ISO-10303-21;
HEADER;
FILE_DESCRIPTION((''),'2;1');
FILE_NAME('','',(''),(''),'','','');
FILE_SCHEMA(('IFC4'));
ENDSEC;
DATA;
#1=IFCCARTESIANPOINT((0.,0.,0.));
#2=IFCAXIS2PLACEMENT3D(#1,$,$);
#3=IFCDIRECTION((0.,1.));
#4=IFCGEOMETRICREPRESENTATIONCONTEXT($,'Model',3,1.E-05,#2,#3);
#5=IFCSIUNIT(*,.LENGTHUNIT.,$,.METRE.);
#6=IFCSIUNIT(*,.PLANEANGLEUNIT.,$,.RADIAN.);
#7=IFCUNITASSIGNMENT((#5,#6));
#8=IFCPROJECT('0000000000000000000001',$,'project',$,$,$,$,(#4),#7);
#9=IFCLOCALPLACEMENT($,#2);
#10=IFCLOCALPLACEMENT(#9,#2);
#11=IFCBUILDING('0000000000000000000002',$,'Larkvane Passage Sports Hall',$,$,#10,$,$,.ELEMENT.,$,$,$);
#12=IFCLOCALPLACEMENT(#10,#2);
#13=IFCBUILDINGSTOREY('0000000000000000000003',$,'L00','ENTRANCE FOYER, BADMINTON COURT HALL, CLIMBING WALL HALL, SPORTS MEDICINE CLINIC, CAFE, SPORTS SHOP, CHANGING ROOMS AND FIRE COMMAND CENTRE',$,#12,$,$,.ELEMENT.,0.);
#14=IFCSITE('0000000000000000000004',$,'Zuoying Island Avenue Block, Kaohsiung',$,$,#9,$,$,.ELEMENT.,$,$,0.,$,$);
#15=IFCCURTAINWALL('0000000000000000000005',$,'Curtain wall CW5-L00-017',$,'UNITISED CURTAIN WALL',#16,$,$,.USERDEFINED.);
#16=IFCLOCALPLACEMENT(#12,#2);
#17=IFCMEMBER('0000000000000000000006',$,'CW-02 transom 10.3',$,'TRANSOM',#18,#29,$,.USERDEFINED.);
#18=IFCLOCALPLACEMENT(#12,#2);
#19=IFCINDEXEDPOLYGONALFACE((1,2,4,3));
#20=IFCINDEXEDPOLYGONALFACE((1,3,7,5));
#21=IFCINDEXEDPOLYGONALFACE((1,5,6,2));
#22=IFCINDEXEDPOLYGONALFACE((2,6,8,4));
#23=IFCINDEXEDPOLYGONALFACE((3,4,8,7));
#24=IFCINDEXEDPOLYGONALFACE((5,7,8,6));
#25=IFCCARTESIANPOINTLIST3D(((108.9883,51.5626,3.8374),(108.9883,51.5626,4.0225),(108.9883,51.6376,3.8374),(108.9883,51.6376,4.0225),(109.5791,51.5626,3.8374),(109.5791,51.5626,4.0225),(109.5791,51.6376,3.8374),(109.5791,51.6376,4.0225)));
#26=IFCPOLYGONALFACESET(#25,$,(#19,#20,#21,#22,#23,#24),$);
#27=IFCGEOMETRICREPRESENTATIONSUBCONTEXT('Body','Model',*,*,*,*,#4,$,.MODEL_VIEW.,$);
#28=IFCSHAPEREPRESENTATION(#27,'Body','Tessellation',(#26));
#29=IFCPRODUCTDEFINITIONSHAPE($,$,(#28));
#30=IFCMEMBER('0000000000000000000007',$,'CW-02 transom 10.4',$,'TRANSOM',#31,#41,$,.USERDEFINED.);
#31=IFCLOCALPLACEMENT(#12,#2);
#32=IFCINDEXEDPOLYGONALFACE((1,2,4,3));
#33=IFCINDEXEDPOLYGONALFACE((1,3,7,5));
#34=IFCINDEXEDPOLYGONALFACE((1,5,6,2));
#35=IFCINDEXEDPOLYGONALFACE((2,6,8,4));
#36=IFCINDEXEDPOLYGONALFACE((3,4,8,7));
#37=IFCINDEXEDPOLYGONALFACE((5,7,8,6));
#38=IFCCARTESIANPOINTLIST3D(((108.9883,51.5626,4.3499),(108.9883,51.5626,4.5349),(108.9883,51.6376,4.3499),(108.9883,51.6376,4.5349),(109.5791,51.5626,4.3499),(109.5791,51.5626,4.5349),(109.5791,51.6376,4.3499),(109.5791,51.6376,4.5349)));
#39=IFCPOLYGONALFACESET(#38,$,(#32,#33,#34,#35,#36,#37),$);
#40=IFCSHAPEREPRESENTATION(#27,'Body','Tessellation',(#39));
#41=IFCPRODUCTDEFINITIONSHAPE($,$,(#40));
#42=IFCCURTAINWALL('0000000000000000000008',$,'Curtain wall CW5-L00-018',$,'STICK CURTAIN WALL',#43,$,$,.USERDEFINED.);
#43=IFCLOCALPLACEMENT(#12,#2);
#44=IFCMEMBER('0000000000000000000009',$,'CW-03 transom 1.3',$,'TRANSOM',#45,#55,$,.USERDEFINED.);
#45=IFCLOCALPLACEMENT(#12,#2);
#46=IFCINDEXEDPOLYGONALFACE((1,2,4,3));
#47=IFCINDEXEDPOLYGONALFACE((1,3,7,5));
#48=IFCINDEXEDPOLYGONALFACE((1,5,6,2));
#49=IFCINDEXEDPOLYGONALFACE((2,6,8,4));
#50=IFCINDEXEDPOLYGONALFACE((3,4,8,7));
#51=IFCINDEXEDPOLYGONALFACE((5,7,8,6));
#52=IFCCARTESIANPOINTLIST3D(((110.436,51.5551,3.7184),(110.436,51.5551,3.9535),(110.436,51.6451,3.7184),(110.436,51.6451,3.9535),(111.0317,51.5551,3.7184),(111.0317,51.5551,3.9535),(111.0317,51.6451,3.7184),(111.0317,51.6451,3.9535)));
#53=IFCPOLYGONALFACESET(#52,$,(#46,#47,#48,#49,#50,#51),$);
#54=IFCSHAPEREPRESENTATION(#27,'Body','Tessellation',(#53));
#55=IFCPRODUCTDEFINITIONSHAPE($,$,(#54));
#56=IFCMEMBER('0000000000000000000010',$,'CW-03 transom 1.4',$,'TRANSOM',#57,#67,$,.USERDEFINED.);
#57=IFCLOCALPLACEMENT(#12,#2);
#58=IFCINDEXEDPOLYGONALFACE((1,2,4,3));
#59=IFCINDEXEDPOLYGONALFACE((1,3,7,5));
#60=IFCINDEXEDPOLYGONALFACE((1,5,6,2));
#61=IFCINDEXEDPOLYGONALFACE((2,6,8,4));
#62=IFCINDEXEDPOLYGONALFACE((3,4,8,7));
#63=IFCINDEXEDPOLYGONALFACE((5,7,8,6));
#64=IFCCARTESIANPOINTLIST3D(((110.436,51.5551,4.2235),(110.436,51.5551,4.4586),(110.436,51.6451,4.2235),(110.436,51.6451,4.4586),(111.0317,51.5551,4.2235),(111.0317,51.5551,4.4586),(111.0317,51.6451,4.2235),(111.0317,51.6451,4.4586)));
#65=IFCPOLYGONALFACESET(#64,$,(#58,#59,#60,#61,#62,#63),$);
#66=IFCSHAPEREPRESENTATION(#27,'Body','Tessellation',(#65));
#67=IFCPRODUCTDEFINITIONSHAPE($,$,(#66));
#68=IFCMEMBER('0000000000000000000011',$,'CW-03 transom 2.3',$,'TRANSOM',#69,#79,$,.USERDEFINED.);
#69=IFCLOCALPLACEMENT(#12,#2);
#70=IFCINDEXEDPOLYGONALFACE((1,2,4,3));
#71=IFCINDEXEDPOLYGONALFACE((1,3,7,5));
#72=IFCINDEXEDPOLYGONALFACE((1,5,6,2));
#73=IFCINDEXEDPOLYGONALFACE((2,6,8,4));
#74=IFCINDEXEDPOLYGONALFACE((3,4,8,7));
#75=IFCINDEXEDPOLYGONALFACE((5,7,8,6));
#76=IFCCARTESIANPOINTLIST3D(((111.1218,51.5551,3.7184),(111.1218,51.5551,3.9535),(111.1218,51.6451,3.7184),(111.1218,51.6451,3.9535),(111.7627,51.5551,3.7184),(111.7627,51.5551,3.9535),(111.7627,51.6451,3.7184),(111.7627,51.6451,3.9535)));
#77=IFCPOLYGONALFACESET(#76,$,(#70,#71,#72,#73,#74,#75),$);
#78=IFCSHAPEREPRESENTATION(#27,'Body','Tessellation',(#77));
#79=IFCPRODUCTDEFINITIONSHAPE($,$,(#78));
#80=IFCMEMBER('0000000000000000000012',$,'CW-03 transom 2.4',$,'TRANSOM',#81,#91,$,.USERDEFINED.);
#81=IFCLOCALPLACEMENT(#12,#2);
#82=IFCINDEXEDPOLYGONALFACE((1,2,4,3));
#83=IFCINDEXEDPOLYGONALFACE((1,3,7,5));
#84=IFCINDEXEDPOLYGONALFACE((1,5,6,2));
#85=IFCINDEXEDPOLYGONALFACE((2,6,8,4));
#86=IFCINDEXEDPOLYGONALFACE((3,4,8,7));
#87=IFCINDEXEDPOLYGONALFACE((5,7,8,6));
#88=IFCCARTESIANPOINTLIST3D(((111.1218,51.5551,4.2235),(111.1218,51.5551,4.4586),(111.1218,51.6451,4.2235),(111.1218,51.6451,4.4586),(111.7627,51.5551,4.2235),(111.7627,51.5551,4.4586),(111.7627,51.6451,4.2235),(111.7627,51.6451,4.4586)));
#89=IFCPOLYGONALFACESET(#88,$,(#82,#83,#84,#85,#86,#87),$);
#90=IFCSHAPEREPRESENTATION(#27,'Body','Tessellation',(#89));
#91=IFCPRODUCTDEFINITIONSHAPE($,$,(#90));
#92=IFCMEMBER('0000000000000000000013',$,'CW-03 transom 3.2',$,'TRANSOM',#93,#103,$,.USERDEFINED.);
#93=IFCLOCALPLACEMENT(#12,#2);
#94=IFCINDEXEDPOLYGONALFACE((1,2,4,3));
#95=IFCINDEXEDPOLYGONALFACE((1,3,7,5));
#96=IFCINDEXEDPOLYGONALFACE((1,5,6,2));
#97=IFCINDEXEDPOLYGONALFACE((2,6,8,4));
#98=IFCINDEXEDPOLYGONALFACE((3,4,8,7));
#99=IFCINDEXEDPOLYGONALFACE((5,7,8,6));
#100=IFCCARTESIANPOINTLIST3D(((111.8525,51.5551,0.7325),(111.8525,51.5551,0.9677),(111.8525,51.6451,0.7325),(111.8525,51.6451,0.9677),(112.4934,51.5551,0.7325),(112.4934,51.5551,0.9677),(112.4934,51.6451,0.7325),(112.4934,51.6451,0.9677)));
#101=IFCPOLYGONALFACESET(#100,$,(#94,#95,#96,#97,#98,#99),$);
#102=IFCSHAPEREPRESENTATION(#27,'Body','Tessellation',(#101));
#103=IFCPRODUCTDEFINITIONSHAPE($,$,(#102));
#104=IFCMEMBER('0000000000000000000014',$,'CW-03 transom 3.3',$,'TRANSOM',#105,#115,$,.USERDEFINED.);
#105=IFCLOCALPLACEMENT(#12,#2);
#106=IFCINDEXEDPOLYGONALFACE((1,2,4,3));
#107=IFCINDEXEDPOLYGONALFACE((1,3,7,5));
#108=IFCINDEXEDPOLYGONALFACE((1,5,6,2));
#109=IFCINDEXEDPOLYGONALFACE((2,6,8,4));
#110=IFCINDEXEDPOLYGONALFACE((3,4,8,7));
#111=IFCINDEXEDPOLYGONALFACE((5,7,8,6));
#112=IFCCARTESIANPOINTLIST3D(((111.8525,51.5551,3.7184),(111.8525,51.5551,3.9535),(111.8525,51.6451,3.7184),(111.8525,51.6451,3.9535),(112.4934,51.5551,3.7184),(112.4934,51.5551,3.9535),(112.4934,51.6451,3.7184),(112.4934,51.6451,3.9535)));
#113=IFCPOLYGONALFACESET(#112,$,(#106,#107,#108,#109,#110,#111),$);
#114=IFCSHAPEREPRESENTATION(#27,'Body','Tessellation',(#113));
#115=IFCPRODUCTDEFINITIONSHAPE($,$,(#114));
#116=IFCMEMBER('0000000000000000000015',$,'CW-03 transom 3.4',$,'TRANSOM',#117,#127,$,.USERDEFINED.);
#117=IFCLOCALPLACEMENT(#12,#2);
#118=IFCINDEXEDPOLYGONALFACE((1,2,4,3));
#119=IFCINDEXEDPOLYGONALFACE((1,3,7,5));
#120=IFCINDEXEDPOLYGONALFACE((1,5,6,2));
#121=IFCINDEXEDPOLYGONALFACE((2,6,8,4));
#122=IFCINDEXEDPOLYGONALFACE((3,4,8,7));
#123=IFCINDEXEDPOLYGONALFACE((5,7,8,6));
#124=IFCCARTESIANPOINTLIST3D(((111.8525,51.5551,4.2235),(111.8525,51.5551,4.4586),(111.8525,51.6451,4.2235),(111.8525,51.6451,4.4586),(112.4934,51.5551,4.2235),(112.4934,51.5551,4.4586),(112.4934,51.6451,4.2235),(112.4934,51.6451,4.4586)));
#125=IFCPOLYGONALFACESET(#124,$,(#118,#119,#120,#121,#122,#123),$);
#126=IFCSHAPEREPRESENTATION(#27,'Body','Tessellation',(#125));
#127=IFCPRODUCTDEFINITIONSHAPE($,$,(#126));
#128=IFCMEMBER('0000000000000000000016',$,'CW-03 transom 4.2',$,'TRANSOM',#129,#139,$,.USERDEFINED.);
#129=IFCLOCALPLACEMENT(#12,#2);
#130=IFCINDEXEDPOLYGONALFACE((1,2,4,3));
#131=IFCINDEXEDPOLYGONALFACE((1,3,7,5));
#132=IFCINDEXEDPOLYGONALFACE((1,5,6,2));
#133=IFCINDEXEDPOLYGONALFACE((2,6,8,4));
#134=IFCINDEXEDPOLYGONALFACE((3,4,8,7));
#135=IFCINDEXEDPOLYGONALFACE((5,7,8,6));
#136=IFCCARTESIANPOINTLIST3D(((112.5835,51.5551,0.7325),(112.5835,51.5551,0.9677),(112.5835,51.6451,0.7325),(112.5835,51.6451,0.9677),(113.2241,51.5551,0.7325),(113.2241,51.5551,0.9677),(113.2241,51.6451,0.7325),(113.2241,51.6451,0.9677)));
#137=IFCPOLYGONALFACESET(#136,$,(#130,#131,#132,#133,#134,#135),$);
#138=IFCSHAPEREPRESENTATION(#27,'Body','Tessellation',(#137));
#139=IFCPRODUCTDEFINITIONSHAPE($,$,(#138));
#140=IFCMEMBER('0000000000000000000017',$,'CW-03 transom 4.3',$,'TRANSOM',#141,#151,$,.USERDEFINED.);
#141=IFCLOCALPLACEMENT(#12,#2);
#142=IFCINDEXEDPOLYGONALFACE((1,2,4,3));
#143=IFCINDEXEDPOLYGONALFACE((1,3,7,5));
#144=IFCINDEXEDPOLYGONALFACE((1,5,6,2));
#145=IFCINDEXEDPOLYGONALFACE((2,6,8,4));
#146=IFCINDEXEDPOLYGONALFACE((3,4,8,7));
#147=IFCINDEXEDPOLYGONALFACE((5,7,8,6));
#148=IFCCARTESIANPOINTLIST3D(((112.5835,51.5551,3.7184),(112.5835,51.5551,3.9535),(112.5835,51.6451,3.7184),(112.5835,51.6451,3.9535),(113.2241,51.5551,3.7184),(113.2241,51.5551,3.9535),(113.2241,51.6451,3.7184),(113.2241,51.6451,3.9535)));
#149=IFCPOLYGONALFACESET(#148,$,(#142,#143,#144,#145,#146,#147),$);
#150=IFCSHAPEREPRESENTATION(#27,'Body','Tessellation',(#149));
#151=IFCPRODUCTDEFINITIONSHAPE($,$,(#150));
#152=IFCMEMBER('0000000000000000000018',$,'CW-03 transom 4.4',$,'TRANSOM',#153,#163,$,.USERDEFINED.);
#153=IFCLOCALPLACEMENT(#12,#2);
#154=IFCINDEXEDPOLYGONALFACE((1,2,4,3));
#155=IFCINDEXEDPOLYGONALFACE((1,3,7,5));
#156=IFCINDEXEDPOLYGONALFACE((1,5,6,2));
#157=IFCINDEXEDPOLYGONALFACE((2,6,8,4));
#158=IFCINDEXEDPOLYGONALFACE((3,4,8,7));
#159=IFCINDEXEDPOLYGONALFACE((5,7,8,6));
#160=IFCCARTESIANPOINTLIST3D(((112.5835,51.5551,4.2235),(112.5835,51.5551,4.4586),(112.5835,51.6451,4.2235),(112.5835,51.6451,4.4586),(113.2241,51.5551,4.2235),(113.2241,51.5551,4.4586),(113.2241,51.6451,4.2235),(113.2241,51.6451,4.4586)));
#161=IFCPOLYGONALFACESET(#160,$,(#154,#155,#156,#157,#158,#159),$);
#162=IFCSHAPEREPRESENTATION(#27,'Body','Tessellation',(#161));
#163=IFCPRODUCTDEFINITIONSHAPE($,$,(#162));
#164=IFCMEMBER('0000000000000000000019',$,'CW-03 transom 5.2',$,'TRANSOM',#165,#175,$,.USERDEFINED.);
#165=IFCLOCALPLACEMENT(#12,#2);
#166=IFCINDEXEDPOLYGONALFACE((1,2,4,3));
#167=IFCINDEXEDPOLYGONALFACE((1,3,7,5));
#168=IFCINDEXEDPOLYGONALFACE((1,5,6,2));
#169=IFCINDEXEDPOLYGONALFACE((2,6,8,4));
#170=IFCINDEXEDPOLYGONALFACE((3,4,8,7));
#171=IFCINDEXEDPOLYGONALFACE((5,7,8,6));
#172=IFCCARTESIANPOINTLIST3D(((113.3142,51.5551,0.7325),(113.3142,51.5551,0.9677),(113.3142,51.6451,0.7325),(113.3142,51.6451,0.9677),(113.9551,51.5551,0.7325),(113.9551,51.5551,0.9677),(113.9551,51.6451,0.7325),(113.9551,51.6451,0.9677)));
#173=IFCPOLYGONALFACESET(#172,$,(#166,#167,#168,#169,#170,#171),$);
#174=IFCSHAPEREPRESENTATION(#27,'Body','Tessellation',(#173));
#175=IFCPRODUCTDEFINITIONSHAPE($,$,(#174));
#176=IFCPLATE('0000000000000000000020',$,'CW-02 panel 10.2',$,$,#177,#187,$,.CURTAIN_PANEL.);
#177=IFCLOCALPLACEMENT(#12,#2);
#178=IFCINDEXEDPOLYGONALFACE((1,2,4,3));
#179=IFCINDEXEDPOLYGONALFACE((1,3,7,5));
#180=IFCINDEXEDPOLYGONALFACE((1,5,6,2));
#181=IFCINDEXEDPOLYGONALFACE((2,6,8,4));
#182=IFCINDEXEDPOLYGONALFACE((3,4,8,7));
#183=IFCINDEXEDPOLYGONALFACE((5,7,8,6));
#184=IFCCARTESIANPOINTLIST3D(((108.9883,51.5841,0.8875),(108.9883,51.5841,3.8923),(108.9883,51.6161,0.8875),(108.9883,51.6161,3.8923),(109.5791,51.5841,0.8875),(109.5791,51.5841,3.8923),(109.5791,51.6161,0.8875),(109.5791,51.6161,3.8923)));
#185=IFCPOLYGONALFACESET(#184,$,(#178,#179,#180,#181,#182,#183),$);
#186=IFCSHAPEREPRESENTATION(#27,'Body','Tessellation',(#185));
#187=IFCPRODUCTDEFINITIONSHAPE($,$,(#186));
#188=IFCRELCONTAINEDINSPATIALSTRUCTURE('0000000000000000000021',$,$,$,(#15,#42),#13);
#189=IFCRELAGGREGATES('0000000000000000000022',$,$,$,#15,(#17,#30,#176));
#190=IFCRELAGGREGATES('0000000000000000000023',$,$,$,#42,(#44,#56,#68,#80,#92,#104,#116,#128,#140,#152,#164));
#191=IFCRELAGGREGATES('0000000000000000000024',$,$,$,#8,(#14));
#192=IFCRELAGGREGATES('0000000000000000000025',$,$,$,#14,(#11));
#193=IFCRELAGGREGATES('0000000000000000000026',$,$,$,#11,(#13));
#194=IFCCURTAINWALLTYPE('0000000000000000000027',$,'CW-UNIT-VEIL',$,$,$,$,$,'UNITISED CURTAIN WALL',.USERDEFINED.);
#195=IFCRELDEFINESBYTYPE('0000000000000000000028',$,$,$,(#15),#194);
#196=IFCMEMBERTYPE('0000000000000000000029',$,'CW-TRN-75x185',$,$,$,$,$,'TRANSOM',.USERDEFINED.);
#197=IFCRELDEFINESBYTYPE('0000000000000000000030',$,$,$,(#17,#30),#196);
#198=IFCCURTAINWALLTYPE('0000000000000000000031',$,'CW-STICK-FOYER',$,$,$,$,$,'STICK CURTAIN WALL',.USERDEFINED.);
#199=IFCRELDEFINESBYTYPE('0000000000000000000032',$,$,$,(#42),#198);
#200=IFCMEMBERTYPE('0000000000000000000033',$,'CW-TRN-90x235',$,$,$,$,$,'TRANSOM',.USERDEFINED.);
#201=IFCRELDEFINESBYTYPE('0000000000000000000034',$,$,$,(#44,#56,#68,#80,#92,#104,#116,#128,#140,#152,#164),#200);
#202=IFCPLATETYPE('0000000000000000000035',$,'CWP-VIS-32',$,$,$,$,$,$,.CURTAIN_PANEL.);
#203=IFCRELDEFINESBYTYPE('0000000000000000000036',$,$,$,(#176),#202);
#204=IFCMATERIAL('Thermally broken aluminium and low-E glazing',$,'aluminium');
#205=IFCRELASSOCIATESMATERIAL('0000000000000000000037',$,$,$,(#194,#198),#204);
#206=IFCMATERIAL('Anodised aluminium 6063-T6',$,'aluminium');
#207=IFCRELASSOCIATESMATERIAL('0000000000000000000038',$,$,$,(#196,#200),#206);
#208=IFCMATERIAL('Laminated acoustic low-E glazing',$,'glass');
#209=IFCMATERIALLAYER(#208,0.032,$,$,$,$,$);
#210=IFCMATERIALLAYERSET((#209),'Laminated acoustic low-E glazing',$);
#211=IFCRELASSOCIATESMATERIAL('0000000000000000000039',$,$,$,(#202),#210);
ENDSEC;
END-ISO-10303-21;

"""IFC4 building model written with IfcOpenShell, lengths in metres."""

from ifc_helpers import new_model, si_unit, direction, frame, origin, origin_2d, place, context, subcontext, project, spatial, rectangle, extrude, material, layer, layer_set, material_profile, profile_set, type_object, element, aggregate, save


model = new_model("IFC4")

# Units and contexts
model_context = context("Model", 3, precision=1e-05, world=origin(), true_north=direction((0.0, 1.0)))
body_context = subcontext(model_context, "Body", "Model", "MODEL_VIEW")
ifc_project = project(units=[si_unit("LENGTHUNIT", "METRE"), si_unit("PLANEANGLEUNIT", "RADIAN")], contexts=[model_context])

# Site, building, storey
site_placement = place(None, origin())
site = spatial("IfcSite", under=ifc_project, at=site_placement, Name="Zuoying Island Avenue Block, Kaohsiung", CompositionType="ELEMENT", RefElevation=0.0)
building_placement = place(site_placement, origin())
building = spatial("IfcBuilding", under=site, at=building_placement, Name="Larkvane Passage Sports Hall", CompositionType="ELEMENT")
storey_placement = place(building_placement, origin())
storey = spatial("IfcBuildingStorey", under=building, at=storey_placement, Name="L00", Description="ENTRANCE FOYER, BADMINTON COURT HALL, CLIMBING WALL HALL, SPORTS MEDICINE CLINIC, CAFE, SPORTS SHOP, CHANGING ROOMS AND FIRE COMMAND CENTRE", CompositionType="ELEMENT", Elevation=0.0)

# Curtain walls, members
ifc_material_1 = material(Name="Thermally broken aluminium and low-E glazing", Category="aluminium")
curtain_wall_type_1 = type_object("IfcCurtainWallType", Name="CW-UNIT-VEIL", ElementType="UNITISED CURTAIN WALL", PredefinedType="USERDEFINED", material=ifc_material_1)
curtain_wall_1_placement = place(storey_placement, origin())
curtain_wall_1 = element("IfcCurtainWall", 1, at=curtain_wall_1_placement, inside=storey, type_object=curtain_wall_type_1, Name="Curtain wall CW5-L00-017", ObjectType="UNITISED CURTAIN WALL", PredefinedType="USERDEFINED")
ifc_material_2 = material(Name="Anodised aluminium 6063-T6", Category="aluminium")
ifc_material_profile_1 = material_profile(ifc_material_2, rectangle(XDim=0.075, YDim=0.1851, at=origin_2d()), Name="ALU-TRN-75x185")
ifc_profile_set_1 = profile_set([ifc_material_profile_1], Name="Anodised aluminium 6063-T6")
member_type_1 = type_object("IfcMemberType", Name="CW-TRN-75x185", ElementType="TRANSOM", PredefinedType="USERDEFINED", material=ifc_profile_set_1)
member_1_placement = place(storey_placement, frame((108.9883, 51.6001, 3.9299), z_axis=(1.0, 0.0, 0.0), x_axis=(0.0, 1.0, 0.0)))
member_1 = element("IfcMember", 2, at=member_1_placement, type_object=member_type_1, Name="CW-02 transom 10.3", ObjectType="TRANSOM", PredefinedType="USERDEFINED", context=body_context, shape_type="SweptSolid", body=[
    extrude(rectangle(XDim=0.075, YDim=0.1851, at=origin_2d()), origin(), (0.0, 0.0, 1.0), 0.5908),
])
member_2_placement = place(storey_placement, frame((108.9883, 51.6001, 4.4424), z_axis=(1.0, 0.0, 0.0), x_axis=(0.0, 1.0, 0.0)))
member_2 = element("IfcMember", 3, at=member_2_placement, type_object=member_type_1, Name="CW-02 transom 10.4", ObjectType="TRANSOM", PredefinedType="USERDEFINED", context=body_context, shape_type="SweptSolid", body=[
    extrude(rectangle(XDim=0.075, YDim=0.1851, at=origin_2d()), origin(), (0.0, 0.0, 1.0), 0.5908),
])
curtain_wall_type_2 = type_object("IfcCurtainWallType", Name="CW-STICK-FOYER", ElementType="STICK CURTAIN WALL", PredefinedType="USERDEFINED", material=ifc_material_1)
curtain_wall_2_placement = place(storey_placement, origin())
curtain_wall_2 = element("IfcCurtainWall", 4, at=curtain_wall_2_placement, inside=storey, type_object=curtain_wall_type_2, Name="Curtain wall CW5-L00-018", ObjectType="STICK CURTAIN WALL", PredefinedType="USERDEFINED")
ifc_material_profile_2 = material_profile(ifc_material_2, rectangle(XDim=0.0901, YDim=0.2351, at=origin_2d()), Name="ALU-TRN-90x235")
ifc_profile_set_2 = profile_set([ifc_material_profile_2], Name="Anodised aluminium 6063-T6")
member_type_2 = type_object("IfcMemberType", Name="CW-TRN-90x235", ElementType="TRANSOM", PredefinedType="USERDEFINED", material=ifc_profile_set_2)
member_3_placement = place(storey_placement, frame((110.436, 51.6001, 3.8359), z_axis=(1.0, 0.0, 0.0), x_axis=(0.0, 1.0, 0.0)))
member_3 = element("IfcMember", 5, at=member_3_placement, type_object=member_type_2, Name="CW-03 transom 1.3", ObjectType="TRANSOM", PredefinedType="USERDEFINED", context=body_context, shape_type="SweptSolid", body=[
    extrude(rectangle(XDim=0.0901, YDim=0.2351, at=origin_2d()), origin(), (0.0, 0.0, 1.0), 0.5957),
])
member_4_placement = place(storey_placement, frame((110.436, 51.6001, 4.3411), z_axis=(1.0, 0.0, 0.0), x_axis=(0.0, 1.0, 0.0)))
member_4 = element("IfcMember", 6, at=member_4_placement, type_object=member_type_2, Name="CW-03 transom 1.4", ObjectType="TRANSOM", PredefinedType="USERDEFINED", context=body_context, shape_type="SweptSolid", body=[
    extrude(rectangle(XDim=0.0901, YDim=0.2351, at=origin_2d()), origin(), (0.0, 0.0, 1.0), 0.5957),
])
member_5_placement = place(storey_placement, frame((111.1218, 51.6001, 3.8359), z_axis=(1.0, 0.0, 0.0), x_axis=(0.0, 1.0, 0.0)))
member_5 = element("IfcMember", 7, at=member_5_placement, type_object=member_type_2, Name="CW-03 transom 2.3", ObjectType="TRANSOM", PredefinedType="USERDEFINED", context=body_context, shape_type="SweptSolid", body=[
    extrude(rectangle(XDim=0.0901, YDim=0.2351, at=origin_2d()), origin(), (0.0, 0.0, 1.0), 0.6409),
])
member_6_placement = place(storey_placement, frame((111.1218, 51.6001, 4.3411), z_axis=(1.0, 0.0, 0.0), x_axis=(0.0, 1.0, 0.0)))
member_6 = element("IfcMember", 8, at=member_6_placement, type_object=member_type_2, Name="CW-03 transom 2.4", ObjectType="TRANSOM", PredefinedType="USERDEFINED", context=body_context, shape_type="SweptSolid", body=[
    extrude(rectangle(XDim=0.0901, YDim=0.2351, at=origin_2d()), origin(), (0.0, 0.0, 1.0), 0.6409),
])
member_7_placement = place(storey_placement, frame((111.8525, 51.6001, 0.8501), z_axis=(1.0, 0.0, 0.0), x_axis=(0.0, 1.0, 0.0)))
member_7 = element("IfcMember", 9, at=member_7_placement, type_object=member_type_2, Name="CW-03 transom 3.2", ObjectType="TRANSOM", PredefinedType="USERDEFINED", context=body_context, shape_type="SweptSolid", body=[
    extrude(rectangle(XDim=0.0901, YDim=0.2351, at=origin_2d()), origin(), (0.0, 0.0, 1.0), 0.6409),
])
member_8_placement = place(storey_placement, frame((111.8525, 51.6001, 3.8359), z_axis=(1.0, 0.0, 0.0), x_axis=(0.0, 1.0, 0.0)))
member_8 = element("IfcMember", 10, at=member_8_placement, type_object=member_type_2, Name="CW-03 transom 3.3", ObjectType="TRANSOM", PredefinedType="USERDEFINED", context=body_context, shape_type="SweptSolid", body=[
    extrude(rectangle(XDim=0.0901, YDim=0.2351, at=origin_2d()), origin(), (0.0, 0.0, 1.0), 0.6409),
])
member_9_placement = place(storey_placement, frame((111.8525, 51.6001, 4.3411), z_axis=(1.0, 0.0, 0.0), x_axis=(0.0, 1.0, 0.0)))
member_9 = element("IfcMember", 11, at=member_9_placement, type_object=member_type_2, Name="CW-03 transom 3.4", ObjectType="TRANSOM", PredefinedType="USERDEFINED", context=body_context, shape_type="SweptSolid", body=[
    extrude(rectangle(XDim=0.0901, YDim=0.2351, at=origin_2d()), origin(), (0.0, 0.0, 1.0), 0.6409),
])
member_10_placement = place(storey_placement, frame((112.5835, 51.6001, 0.8501), z_axis=(1.0, 0.0, 0.0), x_axis=(0.0, 1.0, 0.0)))
member_10 = element("IfcMember", 12, at=member_10_placement, type_object=member_type_2, Name="CW-03 transom 4.2", ObjectType="TRANSOM", PredefinedType="USERDEFINED", context=body_context, shape_type="SweptSolid", body=[
    extrude(rectangle(XDim=0.0901, YDim=0.2351, at=origin_2d()), origin(), (0.0, 0.0, 1.0), 0.6406),
])
member_11_placement = place(storey_placement, frame((112.5835, 51.6001, 3.8359), z_axis=(1.0, 0.0, 0.0), x_axis=(0.0, 1.0, 0.0)))
member_11 = element("IfcMember", 13, at=member_11_placement, type_object=member_type_2, Name="CW-03 transom 4.3", ObjectType="TRANSOM", PredefinedType="USERDEFINED", context=body_context, shape_type="SweptSolid", body=[
    extrude(rectangle(XDim=0.0901, YDim=0.2351, at=origin_2d()), origin(), (0.0, 0.0, 1.0), 0.6406),
])
member_12_placement = place(storey_placement, frame((112.5835, 51.6001, 4.3411), z_axis=(1.0, 0.0, 0.0), x_axis=(0.0, 1.0, 0.0)))
member_12 = element("IfcMember", 14, at=member_12_placement, type_object=member_type_2, Name="CW-03 transom 4.4", ObjectType="TRANSOM", PredefinedType="USERDEFINED", context=body_context, shape_type="SweptSolid", body=[
    extrude(rectangle(XDim=0.0901, YDim=0.2351, at=origin_2d()), origin(), (0.0, 0.0, 1.0), 0.6406),
])
member_13_placement = place(storey_placement, frame((113.3142, 51.6001, 0.8501), z_axis=(1.0, 0.0, 0.0), x_axis=(0.0, 1.0, 0.0)))
member_13 = element("IfcMember", 15, at=member_13_placement, type_object=member_type_2, Name="CW-03 transom 5.2", ObjectType="TRANSOM", PredefinedType="USERDEFINED", context=body_context, shape_type="SweptSolid", body=[
    extrude(rectangle(XDim=0.0901, YDim=0.2351, at=origin_2d()), origin(), (0.0, 0.0, 1.0), 0.6409),
])

# Plate
ifc_material_3 = material(Name="Laminated acoustic low-E glazing", Category="glass")
ifc_layer_1 = layer(ifc_material_3, 0.032)
ifc_layer_set_1 = layer_set([ifc_layer_1], Name="Laminated acoustic low-E glazing")
plate_type_1 = type_object("IfcPlateType", Name="CWP-VIS-32", PredefinedType="CURTAIN_PANEL", material=ifc_layer_set_1)
plate_1_placement = place(storey_placement, frame((109.2837, 51.6001, 0.8875), z_axis=(0.0, 0.0, 1.0), x_axis=(1.0, 0.0, 0.0)))
plate_1 = element("IfcPlate", 16, at=plate_1_placement, type_object=plate_type_1, Name="CW-02 panel 10.2", PredefinedType="CURTAIN_PANEL", context=body_context, shape_type="SweptSolid", body=[
    extrude(rectangle(XDim=0.5908, YDim=0.032, at=origin_2d()), origin(), (0.0, 0.0, 1.0), 3.0049),
])
aggregate(curtain_wall_1, [member_1, member_2, plate_1])
aggregate(curtain_wall_2, [member_3, member_4, member_5, member_6, member_7, member_8, member_9, member_10, member_11, member_12, member_13])

save(model, "model.ifc")
